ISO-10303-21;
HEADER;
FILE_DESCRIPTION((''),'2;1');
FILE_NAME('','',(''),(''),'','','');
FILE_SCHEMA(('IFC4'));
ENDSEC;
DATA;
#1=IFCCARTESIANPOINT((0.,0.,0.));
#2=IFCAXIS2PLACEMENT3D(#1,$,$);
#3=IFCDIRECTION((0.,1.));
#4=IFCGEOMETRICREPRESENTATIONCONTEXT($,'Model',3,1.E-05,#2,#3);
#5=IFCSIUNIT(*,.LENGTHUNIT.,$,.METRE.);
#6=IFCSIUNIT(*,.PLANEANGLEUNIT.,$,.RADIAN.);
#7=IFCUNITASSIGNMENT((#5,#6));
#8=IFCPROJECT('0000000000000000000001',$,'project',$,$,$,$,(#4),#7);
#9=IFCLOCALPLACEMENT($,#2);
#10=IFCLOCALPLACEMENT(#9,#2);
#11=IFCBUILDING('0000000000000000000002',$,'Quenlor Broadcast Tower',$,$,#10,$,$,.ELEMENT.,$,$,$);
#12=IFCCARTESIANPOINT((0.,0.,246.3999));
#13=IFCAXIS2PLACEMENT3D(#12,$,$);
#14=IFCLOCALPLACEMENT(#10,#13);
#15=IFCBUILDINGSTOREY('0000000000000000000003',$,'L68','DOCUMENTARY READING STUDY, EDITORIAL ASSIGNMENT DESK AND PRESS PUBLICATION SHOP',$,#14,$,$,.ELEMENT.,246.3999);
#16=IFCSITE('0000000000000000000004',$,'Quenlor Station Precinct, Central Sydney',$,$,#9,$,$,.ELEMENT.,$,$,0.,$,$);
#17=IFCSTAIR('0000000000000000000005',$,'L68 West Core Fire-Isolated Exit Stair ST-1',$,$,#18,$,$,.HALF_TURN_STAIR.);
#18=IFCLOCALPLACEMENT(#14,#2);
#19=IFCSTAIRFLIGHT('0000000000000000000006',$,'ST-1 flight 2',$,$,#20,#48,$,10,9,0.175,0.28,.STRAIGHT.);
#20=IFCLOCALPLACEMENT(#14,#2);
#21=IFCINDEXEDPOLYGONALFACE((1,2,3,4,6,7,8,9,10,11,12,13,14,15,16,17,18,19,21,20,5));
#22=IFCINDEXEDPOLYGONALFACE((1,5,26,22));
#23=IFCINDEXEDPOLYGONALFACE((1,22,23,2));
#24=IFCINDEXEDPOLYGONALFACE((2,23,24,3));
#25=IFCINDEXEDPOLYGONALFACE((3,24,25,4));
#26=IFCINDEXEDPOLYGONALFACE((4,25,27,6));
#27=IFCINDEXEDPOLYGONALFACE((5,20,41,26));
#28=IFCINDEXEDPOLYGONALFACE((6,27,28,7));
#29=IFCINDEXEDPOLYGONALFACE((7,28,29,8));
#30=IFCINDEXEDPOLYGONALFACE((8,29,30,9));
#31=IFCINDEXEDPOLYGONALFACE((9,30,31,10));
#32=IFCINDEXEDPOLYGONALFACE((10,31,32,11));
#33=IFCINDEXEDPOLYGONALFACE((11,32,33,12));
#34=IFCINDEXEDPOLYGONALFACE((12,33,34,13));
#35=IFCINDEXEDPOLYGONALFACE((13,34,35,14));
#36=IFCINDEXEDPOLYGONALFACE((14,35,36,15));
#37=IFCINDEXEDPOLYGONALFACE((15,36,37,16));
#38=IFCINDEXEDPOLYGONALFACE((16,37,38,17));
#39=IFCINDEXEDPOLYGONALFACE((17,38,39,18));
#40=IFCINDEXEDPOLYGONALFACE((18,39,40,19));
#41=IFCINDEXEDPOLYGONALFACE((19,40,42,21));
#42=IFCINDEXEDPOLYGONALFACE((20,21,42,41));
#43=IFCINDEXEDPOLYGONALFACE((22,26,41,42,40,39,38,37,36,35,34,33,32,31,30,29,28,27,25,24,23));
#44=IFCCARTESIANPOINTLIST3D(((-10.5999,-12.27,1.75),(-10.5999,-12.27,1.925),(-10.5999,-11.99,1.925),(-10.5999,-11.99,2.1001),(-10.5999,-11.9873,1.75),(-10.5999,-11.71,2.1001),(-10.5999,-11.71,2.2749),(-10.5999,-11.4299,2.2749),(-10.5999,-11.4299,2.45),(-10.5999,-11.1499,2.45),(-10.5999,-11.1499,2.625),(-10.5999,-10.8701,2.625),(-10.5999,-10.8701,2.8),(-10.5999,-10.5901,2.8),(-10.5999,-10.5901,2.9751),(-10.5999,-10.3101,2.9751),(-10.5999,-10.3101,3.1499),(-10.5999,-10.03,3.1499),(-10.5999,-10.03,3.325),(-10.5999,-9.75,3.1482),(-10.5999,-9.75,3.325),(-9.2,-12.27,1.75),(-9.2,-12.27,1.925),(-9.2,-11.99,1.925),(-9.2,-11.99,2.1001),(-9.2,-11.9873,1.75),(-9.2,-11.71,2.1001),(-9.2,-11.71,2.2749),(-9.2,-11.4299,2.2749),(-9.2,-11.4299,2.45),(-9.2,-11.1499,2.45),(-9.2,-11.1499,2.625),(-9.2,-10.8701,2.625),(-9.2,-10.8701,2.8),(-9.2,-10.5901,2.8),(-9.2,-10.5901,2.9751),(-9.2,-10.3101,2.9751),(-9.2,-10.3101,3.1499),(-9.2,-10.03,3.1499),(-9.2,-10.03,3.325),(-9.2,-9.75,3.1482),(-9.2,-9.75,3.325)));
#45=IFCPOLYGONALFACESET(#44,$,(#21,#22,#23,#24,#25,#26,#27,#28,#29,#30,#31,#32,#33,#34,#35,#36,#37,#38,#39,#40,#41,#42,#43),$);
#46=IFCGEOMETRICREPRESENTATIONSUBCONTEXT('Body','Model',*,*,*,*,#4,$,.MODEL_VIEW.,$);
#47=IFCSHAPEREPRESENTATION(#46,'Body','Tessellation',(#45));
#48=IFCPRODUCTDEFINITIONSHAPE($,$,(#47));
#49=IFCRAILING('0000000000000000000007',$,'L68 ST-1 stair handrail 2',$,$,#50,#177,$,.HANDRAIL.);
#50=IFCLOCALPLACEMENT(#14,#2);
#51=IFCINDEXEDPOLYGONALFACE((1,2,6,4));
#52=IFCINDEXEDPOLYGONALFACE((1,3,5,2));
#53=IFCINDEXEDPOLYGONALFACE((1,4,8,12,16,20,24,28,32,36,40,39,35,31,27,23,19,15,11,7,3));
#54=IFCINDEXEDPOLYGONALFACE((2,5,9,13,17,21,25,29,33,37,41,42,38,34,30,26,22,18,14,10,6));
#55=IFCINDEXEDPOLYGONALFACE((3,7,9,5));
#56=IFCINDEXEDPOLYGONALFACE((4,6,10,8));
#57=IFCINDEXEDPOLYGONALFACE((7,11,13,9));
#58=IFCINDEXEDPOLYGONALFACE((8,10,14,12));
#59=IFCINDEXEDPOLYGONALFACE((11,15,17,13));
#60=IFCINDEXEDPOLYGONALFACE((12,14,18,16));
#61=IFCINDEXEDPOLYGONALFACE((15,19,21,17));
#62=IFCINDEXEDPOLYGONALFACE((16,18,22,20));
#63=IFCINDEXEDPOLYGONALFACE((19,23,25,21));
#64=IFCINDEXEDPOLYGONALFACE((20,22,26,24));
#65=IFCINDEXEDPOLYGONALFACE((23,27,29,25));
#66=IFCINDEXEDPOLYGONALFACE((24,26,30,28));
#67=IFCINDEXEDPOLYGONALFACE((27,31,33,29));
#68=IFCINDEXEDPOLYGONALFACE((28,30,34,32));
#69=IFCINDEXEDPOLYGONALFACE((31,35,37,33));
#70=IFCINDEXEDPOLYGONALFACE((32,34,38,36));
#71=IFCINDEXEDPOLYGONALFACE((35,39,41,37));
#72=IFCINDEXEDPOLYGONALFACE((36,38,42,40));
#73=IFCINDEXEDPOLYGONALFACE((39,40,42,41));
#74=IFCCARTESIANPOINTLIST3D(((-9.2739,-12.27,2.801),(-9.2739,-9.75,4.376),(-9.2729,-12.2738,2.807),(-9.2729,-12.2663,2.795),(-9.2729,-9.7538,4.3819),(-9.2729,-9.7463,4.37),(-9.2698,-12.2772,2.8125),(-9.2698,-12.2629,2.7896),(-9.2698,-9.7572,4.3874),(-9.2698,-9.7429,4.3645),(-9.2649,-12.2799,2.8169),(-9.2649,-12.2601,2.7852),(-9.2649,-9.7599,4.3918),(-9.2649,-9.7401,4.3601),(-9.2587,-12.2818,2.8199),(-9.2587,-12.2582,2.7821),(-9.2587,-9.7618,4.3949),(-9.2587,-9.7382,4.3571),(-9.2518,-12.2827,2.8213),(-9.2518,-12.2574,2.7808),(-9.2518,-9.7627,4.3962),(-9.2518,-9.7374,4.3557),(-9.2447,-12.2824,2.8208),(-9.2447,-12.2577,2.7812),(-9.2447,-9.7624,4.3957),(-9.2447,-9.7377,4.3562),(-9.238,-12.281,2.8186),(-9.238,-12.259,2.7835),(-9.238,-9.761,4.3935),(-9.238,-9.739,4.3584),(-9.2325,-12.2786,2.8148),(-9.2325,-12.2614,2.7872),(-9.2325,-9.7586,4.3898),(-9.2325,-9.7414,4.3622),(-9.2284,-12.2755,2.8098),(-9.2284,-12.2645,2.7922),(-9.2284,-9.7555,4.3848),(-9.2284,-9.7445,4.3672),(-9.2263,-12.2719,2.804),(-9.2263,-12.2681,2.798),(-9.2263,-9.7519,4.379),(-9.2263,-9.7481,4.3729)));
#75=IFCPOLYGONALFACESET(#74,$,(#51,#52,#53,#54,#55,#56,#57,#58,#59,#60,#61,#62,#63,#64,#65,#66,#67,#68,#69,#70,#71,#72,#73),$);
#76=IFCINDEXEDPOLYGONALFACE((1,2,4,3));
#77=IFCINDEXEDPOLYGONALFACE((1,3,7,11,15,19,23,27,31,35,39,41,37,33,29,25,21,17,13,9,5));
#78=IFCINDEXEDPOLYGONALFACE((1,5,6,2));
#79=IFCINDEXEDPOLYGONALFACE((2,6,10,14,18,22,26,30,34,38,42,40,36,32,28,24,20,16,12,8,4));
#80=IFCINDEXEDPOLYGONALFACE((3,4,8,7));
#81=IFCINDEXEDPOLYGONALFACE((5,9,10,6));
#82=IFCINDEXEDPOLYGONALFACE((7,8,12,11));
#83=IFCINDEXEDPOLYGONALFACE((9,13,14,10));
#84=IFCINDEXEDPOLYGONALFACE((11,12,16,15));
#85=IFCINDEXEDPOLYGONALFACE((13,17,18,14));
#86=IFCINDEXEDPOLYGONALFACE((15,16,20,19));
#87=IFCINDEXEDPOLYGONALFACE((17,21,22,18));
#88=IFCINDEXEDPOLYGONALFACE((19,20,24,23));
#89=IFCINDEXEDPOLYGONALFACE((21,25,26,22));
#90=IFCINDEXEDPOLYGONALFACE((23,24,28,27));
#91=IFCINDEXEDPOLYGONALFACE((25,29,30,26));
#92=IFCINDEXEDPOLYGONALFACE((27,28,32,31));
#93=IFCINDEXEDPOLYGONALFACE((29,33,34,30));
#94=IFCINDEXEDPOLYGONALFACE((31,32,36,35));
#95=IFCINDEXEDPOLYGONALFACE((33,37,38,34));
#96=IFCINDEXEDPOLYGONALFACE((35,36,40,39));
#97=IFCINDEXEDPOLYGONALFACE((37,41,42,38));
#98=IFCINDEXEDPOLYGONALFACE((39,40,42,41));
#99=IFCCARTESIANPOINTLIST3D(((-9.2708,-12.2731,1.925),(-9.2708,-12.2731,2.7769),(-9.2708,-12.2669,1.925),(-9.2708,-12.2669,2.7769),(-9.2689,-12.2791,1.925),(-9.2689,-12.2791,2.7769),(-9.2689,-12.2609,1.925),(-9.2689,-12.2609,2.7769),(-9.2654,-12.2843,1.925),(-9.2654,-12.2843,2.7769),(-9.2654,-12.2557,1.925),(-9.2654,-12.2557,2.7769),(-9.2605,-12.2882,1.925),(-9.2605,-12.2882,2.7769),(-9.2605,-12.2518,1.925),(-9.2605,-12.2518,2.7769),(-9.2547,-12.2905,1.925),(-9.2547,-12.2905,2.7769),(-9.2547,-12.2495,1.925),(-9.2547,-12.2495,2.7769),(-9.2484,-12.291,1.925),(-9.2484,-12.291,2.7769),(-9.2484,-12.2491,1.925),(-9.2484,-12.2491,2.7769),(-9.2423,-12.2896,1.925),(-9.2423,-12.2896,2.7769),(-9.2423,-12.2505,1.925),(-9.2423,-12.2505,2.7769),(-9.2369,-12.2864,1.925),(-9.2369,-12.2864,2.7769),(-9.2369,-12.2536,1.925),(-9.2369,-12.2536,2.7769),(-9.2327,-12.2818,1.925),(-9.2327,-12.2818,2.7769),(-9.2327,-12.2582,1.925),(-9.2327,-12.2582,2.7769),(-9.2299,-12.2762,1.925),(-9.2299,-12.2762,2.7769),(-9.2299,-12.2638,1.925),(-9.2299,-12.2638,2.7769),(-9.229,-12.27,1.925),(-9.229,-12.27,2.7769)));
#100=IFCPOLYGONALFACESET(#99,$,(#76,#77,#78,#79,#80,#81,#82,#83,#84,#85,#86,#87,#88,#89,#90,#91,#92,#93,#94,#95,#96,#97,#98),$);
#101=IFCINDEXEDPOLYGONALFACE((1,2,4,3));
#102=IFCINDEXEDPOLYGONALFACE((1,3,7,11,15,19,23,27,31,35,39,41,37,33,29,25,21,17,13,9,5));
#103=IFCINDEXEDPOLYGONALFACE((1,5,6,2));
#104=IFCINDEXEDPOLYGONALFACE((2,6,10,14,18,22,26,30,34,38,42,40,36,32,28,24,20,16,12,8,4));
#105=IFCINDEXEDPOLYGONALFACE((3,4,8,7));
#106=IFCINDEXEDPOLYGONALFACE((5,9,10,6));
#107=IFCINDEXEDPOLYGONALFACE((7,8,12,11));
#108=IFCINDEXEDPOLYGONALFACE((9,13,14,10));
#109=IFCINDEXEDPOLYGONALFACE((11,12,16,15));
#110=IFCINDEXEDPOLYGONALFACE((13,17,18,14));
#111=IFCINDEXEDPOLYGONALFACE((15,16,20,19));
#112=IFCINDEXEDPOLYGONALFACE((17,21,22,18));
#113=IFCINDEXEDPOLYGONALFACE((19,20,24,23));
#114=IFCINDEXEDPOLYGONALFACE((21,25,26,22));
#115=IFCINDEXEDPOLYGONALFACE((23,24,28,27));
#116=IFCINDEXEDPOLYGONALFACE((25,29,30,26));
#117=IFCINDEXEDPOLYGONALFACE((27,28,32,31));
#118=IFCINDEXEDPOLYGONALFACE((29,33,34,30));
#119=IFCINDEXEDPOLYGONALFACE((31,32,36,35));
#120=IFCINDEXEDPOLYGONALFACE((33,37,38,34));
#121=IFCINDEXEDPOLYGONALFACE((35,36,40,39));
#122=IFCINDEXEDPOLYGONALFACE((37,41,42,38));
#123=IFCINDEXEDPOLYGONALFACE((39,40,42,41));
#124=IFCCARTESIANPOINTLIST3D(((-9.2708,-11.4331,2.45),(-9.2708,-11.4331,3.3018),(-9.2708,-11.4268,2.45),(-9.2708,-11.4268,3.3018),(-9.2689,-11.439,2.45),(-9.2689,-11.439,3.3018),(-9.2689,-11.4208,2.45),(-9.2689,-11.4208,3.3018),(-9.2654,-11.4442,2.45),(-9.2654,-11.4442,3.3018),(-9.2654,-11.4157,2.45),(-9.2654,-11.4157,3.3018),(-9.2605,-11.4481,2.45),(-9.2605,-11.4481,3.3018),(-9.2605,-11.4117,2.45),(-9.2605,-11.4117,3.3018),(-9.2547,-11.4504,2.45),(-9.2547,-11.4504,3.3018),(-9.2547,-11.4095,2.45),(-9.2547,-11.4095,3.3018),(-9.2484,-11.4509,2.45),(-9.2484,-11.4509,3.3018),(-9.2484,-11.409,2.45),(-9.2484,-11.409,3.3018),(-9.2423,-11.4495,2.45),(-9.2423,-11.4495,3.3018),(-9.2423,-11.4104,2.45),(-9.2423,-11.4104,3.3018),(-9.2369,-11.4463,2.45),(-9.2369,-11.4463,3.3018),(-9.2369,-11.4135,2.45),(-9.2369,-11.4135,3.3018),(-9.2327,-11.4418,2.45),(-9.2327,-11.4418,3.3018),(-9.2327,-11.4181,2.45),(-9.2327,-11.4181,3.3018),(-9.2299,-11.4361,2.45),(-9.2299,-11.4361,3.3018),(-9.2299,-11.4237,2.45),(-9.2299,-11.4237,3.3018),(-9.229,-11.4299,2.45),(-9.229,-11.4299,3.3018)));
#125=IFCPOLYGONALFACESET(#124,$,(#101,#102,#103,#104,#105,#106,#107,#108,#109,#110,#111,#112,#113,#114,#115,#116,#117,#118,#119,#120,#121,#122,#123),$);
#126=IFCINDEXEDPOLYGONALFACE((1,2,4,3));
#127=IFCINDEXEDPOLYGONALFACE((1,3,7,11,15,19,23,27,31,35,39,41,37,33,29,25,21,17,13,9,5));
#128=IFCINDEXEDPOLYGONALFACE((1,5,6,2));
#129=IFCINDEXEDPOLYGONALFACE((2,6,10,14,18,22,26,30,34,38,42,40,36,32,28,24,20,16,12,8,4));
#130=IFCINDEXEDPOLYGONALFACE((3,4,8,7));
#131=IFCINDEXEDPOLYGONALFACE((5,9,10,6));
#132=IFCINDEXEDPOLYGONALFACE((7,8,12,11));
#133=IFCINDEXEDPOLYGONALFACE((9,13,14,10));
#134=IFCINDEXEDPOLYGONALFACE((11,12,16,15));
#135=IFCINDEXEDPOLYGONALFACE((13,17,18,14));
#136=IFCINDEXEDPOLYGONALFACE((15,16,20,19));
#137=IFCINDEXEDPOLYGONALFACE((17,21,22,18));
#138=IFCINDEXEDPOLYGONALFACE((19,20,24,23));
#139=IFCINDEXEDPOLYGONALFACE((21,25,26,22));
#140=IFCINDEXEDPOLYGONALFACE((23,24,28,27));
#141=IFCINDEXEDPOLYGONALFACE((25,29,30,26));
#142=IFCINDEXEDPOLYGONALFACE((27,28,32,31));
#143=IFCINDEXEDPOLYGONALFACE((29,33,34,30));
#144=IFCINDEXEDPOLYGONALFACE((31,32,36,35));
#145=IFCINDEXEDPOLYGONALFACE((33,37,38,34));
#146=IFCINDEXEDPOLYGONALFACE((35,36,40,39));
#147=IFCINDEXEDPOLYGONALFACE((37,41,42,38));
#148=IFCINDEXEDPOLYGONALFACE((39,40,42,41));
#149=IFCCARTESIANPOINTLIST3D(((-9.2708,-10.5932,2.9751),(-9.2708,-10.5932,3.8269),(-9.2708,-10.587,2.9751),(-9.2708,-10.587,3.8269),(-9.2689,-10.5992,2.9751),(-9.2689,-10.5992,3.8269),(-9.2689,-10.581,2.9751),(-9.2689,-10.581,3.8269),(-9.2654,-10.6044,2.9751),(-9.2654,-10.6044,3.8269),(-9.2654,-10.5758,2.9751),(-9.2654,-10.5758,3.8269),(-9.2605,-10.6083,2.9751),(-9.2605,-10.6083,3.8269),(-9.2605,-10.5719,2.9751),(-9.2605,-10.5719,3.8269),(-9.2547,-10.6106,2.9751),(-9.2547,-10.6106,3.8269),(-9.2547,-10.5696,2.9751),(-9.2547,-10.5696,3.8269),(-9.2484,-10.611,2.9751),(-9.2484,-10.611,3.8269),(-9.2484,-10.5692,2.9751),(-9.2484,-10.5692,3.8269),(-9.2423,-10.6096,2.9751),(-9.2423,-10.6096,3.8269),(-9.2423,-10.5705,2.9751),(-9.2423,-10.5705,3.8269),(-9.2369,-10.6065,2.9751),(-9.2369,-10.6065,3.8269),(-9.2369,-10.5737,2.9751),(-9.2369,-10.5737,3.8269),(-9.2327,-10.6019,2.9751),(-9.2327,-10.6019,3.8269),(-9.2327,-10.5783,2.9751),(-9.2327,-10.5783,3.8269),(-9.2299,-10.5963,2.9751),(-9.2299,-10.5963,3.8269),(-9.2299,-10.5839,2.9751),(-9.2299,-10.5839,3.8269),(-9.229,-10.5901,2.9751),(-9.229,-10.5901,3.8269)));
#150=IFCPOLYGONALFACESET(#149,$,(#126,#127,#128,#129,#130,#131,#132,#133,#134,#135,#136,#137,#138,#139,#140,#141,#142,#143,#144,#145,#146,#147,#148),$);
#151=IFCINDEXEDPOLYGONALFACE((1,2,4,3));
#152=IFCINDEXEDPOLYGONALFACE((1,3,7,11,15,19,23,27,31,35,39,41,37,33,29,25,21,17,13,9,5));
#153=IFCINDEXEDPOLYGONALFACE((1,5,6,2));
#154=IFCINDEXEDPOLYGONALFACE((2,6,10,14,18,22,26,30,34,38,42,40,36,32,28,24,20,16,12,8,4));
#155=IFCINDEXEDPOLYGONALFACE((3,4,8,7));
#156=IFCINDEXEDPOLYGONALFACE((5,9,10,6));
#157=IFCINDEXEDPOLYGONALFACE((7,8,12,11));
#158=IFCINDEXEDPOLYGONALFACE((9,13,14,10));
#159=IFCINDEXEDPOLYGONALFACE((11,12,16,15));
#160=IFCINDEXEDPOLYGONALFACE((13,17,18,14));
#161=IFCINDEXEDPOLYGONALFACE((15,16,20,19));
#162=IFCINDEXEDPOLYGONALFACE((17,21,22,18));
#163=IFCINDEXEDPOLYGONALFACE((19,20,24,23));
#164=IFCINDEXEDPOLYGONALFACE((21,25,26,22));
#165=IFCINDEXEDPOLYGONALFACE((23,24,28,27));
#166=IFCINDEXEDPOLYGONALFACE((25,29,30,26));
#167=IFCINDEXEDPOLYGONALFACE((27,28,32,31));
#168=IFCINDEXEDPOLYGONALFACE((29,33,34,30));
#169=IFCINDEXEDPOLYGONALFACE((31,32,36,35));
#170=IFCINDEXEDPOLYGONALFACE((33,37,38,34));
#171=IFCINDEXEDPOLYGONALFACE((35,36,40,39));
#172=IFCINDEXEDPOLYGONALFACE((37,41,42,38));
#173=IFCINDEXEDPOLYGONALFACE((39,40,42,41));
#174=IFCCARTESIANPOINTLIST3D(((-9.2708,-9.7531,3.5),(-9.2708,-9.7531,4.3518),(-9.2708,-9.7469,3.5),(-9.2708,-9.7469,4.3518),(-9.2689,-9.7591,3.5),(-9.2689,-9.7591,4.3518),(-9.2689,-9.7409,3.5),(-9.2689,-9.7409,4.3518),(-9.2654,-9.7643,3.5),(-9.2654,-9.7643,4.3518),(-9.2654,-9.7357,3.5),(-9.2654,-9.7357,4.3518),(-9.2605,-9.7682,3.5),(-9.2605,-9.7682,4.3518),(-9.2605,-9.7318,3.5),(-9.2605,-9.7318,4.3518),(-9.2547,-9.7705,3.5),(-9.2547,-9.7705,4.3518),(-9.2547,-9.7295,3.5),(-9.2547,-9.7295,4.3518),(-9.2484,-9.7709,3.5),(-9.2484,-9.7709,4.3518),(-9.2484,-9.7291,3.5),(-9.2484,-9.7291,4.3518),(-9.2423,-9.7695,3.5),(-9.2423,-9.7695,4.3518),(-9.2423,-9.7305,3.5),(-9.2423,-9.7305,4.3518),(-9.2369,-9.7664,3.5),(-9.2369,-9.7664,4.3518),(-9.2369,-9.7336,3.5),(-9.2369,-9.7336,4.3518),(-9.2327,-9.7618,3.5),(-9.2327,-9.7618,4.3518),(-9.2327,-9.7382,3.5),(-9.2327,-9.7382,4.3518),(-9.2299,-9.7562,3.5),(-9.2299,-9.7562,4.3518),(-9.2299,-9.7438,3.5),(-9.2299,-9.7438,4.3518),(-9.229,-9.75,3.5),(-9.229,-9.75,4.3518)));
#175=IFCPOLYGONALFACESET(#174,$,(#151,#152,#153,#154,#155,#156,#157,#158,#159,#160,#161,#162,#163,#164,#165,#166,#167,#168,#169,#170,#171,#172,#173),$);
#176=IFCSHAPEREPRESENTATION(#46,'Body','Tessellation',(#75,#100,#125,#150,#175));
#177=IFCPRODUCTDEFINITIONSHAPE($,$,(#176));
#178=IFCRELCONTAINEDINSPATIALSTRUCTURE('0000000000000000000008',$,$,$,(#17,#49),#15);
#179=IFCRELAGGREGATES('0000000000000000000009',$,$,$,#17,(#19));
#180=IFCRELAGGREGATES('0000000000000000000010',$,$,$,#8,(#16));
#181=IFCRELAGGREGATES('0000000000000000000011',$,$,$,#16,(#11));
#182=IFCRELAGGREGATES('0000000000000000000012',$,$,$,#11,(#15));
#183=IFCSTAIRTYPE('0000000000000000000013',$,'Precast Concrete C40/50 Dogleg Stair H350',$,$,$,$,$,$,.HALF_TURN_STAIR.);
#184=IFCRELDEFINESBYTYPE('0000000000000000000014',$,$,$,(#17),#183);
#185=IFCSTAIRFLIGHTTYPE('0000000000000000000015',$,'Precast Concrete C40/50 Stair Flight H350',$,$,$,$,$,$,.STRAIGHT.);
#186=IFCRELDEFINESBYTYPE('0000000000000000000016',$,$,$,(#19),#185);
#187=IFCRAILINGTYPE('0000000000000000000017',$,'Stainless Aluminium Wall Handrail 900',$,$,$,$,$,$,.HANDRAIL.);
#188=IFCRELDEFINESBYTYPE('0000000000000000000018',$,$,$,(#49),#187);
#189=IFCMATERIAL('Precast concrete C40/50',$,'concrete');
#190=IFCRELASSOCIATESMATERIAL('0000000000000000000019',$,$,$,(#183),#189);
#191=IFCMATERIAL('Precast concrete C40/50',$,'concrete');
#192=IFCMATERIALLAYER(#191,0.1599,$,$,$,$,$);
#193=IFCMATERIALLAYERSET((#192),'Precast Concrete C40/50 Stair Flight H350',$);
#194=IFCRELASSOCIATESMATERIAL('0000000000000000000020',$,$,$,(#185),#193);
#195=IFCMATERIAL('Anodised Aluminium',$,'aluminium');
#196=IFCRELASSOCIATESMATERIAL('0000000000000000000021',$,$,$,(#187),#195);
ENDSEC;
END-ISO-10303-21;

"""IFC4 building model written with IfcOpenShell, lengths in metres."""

from ifc_helpers import new_model, si_unit, direction, frame, origin, origin_2d, place, context, subcontext, project, spatial, polyline, circle, outline, extrude, material, layer, layer_set, type_object, element, aggregate, save


model = new_model("IFC4")

# Units and contexts
model_context = context("Model", 3, precision=1e-05, world=origin(), true_north=direction((0.0, 1.0)))
body_context = subcontext(model_context, "Body", "Model", "MODEL_VIEW")
ifc_project = project(units=[si_unit("LENGTHUNIT", "METRE"), si_unit("PLANEANGLEUNIT", "RADIAN")], contexts=[model_context])

# Site, building, storey
site_placement = place(None, origin())
site = spatial("IfcSite", under=ifc_project, at=site_placement, Name="Quenlor Station Precinct, Central Sydney", CompositionType="ELEMENT", RefElevation=0.0)
building_placement = place(site_placement, origin())
building = spatial("IfcBuilding", under=site, at=building_placement, Name="Quenlor Broadcast Tower", CompositionType="ELEMENT")
storey_placement = place(building_placement, frame((0.0, 0.0, 246.3999)))
storey = spatial("IfcBuildingStorey", under=building, at=storey_placement, Name="L68", Description="DOCUMENTARY READING STUDY, EDITORIAL ASSIGNMENT DESK AND PRESS PUBLICATION SHOP", CompositionType="ELEMENT", Elevation=246.3999)

# Stair, stair flight
ifc_material_1 = material(Name="Precast concrete C40/50", Category="concrete")
stair_type = type_object("IfcStairType", Name="Precast Concrete C40/50 Dogleg Stair H350", PredefinedType="HALF_TURN_STAIR", material=ifc_material_1)
stair_placement = place(storey_placement, origin())
stair = element("IfcStair", 1, at=stair_placement, inside=storey, type_object=stair_type, Name="L68 West Core Fire-Isolated Exit Stair ST-1", PredefinedType="HALF_TURN_STAIR")
ifc_material_2 = material(Name="Precast concrete C40/50", Category="concrete")
ifc_layer_1 = layer(ifc_material_2, 0.1599)
ifc_layer_set_1 = layer_set([ifc_layer_1], Name="Precast Concrete C40/50 Stair Flight H350")
stair_flight_type = type_object("IfcStairFlightType", Name="Precast Concrete C40/50 Stair Flight H350", PredefinedType="STRAIGHT", material=ifc_layer_set_1)
stair_flight_1_placement = place(storey_placement, frame((-9.8999, -12.27, 1.75), z_axis=(0.0, 0.0, 1.0), x_axis=(0.0, 1.0, 0.0)))
stair_flight_1 = element("IfcStairFlight", 2, at=stair_flight_1_placement, type_object=stair_flight_type, Name="ST-1 flight 2", NumberOfRisers=10, NumberOfTreads=9, PredefinedType="STRAIGHT", RiserHeight=0.175, TreadLength=0.28, context=body_context, shape_type="SweptSolid", body=[
    extrude(outline(polyline([(0.0, 0.0), (0.0, 0.175), (0.28, 0.175), (0.28, 0.3501), (0.5601, 0.3501), (0.5601, 0.5249), (0.8401, 0.5249), (0.8401, 0.7), (1.1201, 0.7), (1.1201, 0.875), (1.3999, 0.875), (1.3999, 1.05), (1.6799, 1.05), (1.6799, 1.2251), (1.96, 1.2251), (1.96, 1.3999), (2.24, 1.3999), (2.24, 1.575), (2.52, 1.575), (2.52, 1.75), (2.52, 1.3982), (0.2827, 0.0), (0.0, 0.0)])), frame((0.0, 0.7, 0.0), z_axis=(0.0, -1.0, 0.0), x_axis=(1.0, 0.0, 0.0)), (0.0, 0.0, 1.0), 1.3999),
])
aggregate(stair, [stair_flight_1])

# Railing
ifc_material_3 = material(Name="Anodised Aluminium", Category="aluminium")
railing_type_1 = type_object("IfcRailingType", Name="Stainless Aluminium Wall Handrail 900", PredefinedType="HANDRAIL", material=ifc_material_3)
railing_1_placement = place(storey_placement, frame((-9.25, -12.27, 1.925)))
element("IfcRailing", 3, at=railing_1_placement, inside=storey, type_object=railing_type_1, Name="L68 ST-1 stair handrail 2", PredefinedType="HANDRAIL", context=body_context, shape_type="SweptSolid", body=[
    extrude(circle(Radius=0.0239, at=origin_2d()), frame((0.0, 0.0, 0.876), z_axis=(0.0, 0.848008, 0.529984), x_axis=(-1.0, 0.0, 0.0)), (0.0, 0.0, 1.0), 2.9717),
    extrude(circle(Radius=0.021, at=origin_2d()), origin(), (0.0, 0.0, 1.0), 0.8518),
    extrude(circle(Radius=0.021, at=origin_2d()), frame((0.0, 0.8401, 0.5249)), (0.0, 0.0, 1.0), 0.8518),
    extrude(circle(Radius=0.021, at=origin_2d()), frame((0.0, 1.6799, 1.05)), (0.0, 0.0, 1.0), 0.8518),
    extrude(circle(Radius=0.021, at=origin_2d()), frame((0.0, 2.52, 1.575)), (0.0, 0.0, 1.0), 0.8518),
])

save(model, "model.ifc")
